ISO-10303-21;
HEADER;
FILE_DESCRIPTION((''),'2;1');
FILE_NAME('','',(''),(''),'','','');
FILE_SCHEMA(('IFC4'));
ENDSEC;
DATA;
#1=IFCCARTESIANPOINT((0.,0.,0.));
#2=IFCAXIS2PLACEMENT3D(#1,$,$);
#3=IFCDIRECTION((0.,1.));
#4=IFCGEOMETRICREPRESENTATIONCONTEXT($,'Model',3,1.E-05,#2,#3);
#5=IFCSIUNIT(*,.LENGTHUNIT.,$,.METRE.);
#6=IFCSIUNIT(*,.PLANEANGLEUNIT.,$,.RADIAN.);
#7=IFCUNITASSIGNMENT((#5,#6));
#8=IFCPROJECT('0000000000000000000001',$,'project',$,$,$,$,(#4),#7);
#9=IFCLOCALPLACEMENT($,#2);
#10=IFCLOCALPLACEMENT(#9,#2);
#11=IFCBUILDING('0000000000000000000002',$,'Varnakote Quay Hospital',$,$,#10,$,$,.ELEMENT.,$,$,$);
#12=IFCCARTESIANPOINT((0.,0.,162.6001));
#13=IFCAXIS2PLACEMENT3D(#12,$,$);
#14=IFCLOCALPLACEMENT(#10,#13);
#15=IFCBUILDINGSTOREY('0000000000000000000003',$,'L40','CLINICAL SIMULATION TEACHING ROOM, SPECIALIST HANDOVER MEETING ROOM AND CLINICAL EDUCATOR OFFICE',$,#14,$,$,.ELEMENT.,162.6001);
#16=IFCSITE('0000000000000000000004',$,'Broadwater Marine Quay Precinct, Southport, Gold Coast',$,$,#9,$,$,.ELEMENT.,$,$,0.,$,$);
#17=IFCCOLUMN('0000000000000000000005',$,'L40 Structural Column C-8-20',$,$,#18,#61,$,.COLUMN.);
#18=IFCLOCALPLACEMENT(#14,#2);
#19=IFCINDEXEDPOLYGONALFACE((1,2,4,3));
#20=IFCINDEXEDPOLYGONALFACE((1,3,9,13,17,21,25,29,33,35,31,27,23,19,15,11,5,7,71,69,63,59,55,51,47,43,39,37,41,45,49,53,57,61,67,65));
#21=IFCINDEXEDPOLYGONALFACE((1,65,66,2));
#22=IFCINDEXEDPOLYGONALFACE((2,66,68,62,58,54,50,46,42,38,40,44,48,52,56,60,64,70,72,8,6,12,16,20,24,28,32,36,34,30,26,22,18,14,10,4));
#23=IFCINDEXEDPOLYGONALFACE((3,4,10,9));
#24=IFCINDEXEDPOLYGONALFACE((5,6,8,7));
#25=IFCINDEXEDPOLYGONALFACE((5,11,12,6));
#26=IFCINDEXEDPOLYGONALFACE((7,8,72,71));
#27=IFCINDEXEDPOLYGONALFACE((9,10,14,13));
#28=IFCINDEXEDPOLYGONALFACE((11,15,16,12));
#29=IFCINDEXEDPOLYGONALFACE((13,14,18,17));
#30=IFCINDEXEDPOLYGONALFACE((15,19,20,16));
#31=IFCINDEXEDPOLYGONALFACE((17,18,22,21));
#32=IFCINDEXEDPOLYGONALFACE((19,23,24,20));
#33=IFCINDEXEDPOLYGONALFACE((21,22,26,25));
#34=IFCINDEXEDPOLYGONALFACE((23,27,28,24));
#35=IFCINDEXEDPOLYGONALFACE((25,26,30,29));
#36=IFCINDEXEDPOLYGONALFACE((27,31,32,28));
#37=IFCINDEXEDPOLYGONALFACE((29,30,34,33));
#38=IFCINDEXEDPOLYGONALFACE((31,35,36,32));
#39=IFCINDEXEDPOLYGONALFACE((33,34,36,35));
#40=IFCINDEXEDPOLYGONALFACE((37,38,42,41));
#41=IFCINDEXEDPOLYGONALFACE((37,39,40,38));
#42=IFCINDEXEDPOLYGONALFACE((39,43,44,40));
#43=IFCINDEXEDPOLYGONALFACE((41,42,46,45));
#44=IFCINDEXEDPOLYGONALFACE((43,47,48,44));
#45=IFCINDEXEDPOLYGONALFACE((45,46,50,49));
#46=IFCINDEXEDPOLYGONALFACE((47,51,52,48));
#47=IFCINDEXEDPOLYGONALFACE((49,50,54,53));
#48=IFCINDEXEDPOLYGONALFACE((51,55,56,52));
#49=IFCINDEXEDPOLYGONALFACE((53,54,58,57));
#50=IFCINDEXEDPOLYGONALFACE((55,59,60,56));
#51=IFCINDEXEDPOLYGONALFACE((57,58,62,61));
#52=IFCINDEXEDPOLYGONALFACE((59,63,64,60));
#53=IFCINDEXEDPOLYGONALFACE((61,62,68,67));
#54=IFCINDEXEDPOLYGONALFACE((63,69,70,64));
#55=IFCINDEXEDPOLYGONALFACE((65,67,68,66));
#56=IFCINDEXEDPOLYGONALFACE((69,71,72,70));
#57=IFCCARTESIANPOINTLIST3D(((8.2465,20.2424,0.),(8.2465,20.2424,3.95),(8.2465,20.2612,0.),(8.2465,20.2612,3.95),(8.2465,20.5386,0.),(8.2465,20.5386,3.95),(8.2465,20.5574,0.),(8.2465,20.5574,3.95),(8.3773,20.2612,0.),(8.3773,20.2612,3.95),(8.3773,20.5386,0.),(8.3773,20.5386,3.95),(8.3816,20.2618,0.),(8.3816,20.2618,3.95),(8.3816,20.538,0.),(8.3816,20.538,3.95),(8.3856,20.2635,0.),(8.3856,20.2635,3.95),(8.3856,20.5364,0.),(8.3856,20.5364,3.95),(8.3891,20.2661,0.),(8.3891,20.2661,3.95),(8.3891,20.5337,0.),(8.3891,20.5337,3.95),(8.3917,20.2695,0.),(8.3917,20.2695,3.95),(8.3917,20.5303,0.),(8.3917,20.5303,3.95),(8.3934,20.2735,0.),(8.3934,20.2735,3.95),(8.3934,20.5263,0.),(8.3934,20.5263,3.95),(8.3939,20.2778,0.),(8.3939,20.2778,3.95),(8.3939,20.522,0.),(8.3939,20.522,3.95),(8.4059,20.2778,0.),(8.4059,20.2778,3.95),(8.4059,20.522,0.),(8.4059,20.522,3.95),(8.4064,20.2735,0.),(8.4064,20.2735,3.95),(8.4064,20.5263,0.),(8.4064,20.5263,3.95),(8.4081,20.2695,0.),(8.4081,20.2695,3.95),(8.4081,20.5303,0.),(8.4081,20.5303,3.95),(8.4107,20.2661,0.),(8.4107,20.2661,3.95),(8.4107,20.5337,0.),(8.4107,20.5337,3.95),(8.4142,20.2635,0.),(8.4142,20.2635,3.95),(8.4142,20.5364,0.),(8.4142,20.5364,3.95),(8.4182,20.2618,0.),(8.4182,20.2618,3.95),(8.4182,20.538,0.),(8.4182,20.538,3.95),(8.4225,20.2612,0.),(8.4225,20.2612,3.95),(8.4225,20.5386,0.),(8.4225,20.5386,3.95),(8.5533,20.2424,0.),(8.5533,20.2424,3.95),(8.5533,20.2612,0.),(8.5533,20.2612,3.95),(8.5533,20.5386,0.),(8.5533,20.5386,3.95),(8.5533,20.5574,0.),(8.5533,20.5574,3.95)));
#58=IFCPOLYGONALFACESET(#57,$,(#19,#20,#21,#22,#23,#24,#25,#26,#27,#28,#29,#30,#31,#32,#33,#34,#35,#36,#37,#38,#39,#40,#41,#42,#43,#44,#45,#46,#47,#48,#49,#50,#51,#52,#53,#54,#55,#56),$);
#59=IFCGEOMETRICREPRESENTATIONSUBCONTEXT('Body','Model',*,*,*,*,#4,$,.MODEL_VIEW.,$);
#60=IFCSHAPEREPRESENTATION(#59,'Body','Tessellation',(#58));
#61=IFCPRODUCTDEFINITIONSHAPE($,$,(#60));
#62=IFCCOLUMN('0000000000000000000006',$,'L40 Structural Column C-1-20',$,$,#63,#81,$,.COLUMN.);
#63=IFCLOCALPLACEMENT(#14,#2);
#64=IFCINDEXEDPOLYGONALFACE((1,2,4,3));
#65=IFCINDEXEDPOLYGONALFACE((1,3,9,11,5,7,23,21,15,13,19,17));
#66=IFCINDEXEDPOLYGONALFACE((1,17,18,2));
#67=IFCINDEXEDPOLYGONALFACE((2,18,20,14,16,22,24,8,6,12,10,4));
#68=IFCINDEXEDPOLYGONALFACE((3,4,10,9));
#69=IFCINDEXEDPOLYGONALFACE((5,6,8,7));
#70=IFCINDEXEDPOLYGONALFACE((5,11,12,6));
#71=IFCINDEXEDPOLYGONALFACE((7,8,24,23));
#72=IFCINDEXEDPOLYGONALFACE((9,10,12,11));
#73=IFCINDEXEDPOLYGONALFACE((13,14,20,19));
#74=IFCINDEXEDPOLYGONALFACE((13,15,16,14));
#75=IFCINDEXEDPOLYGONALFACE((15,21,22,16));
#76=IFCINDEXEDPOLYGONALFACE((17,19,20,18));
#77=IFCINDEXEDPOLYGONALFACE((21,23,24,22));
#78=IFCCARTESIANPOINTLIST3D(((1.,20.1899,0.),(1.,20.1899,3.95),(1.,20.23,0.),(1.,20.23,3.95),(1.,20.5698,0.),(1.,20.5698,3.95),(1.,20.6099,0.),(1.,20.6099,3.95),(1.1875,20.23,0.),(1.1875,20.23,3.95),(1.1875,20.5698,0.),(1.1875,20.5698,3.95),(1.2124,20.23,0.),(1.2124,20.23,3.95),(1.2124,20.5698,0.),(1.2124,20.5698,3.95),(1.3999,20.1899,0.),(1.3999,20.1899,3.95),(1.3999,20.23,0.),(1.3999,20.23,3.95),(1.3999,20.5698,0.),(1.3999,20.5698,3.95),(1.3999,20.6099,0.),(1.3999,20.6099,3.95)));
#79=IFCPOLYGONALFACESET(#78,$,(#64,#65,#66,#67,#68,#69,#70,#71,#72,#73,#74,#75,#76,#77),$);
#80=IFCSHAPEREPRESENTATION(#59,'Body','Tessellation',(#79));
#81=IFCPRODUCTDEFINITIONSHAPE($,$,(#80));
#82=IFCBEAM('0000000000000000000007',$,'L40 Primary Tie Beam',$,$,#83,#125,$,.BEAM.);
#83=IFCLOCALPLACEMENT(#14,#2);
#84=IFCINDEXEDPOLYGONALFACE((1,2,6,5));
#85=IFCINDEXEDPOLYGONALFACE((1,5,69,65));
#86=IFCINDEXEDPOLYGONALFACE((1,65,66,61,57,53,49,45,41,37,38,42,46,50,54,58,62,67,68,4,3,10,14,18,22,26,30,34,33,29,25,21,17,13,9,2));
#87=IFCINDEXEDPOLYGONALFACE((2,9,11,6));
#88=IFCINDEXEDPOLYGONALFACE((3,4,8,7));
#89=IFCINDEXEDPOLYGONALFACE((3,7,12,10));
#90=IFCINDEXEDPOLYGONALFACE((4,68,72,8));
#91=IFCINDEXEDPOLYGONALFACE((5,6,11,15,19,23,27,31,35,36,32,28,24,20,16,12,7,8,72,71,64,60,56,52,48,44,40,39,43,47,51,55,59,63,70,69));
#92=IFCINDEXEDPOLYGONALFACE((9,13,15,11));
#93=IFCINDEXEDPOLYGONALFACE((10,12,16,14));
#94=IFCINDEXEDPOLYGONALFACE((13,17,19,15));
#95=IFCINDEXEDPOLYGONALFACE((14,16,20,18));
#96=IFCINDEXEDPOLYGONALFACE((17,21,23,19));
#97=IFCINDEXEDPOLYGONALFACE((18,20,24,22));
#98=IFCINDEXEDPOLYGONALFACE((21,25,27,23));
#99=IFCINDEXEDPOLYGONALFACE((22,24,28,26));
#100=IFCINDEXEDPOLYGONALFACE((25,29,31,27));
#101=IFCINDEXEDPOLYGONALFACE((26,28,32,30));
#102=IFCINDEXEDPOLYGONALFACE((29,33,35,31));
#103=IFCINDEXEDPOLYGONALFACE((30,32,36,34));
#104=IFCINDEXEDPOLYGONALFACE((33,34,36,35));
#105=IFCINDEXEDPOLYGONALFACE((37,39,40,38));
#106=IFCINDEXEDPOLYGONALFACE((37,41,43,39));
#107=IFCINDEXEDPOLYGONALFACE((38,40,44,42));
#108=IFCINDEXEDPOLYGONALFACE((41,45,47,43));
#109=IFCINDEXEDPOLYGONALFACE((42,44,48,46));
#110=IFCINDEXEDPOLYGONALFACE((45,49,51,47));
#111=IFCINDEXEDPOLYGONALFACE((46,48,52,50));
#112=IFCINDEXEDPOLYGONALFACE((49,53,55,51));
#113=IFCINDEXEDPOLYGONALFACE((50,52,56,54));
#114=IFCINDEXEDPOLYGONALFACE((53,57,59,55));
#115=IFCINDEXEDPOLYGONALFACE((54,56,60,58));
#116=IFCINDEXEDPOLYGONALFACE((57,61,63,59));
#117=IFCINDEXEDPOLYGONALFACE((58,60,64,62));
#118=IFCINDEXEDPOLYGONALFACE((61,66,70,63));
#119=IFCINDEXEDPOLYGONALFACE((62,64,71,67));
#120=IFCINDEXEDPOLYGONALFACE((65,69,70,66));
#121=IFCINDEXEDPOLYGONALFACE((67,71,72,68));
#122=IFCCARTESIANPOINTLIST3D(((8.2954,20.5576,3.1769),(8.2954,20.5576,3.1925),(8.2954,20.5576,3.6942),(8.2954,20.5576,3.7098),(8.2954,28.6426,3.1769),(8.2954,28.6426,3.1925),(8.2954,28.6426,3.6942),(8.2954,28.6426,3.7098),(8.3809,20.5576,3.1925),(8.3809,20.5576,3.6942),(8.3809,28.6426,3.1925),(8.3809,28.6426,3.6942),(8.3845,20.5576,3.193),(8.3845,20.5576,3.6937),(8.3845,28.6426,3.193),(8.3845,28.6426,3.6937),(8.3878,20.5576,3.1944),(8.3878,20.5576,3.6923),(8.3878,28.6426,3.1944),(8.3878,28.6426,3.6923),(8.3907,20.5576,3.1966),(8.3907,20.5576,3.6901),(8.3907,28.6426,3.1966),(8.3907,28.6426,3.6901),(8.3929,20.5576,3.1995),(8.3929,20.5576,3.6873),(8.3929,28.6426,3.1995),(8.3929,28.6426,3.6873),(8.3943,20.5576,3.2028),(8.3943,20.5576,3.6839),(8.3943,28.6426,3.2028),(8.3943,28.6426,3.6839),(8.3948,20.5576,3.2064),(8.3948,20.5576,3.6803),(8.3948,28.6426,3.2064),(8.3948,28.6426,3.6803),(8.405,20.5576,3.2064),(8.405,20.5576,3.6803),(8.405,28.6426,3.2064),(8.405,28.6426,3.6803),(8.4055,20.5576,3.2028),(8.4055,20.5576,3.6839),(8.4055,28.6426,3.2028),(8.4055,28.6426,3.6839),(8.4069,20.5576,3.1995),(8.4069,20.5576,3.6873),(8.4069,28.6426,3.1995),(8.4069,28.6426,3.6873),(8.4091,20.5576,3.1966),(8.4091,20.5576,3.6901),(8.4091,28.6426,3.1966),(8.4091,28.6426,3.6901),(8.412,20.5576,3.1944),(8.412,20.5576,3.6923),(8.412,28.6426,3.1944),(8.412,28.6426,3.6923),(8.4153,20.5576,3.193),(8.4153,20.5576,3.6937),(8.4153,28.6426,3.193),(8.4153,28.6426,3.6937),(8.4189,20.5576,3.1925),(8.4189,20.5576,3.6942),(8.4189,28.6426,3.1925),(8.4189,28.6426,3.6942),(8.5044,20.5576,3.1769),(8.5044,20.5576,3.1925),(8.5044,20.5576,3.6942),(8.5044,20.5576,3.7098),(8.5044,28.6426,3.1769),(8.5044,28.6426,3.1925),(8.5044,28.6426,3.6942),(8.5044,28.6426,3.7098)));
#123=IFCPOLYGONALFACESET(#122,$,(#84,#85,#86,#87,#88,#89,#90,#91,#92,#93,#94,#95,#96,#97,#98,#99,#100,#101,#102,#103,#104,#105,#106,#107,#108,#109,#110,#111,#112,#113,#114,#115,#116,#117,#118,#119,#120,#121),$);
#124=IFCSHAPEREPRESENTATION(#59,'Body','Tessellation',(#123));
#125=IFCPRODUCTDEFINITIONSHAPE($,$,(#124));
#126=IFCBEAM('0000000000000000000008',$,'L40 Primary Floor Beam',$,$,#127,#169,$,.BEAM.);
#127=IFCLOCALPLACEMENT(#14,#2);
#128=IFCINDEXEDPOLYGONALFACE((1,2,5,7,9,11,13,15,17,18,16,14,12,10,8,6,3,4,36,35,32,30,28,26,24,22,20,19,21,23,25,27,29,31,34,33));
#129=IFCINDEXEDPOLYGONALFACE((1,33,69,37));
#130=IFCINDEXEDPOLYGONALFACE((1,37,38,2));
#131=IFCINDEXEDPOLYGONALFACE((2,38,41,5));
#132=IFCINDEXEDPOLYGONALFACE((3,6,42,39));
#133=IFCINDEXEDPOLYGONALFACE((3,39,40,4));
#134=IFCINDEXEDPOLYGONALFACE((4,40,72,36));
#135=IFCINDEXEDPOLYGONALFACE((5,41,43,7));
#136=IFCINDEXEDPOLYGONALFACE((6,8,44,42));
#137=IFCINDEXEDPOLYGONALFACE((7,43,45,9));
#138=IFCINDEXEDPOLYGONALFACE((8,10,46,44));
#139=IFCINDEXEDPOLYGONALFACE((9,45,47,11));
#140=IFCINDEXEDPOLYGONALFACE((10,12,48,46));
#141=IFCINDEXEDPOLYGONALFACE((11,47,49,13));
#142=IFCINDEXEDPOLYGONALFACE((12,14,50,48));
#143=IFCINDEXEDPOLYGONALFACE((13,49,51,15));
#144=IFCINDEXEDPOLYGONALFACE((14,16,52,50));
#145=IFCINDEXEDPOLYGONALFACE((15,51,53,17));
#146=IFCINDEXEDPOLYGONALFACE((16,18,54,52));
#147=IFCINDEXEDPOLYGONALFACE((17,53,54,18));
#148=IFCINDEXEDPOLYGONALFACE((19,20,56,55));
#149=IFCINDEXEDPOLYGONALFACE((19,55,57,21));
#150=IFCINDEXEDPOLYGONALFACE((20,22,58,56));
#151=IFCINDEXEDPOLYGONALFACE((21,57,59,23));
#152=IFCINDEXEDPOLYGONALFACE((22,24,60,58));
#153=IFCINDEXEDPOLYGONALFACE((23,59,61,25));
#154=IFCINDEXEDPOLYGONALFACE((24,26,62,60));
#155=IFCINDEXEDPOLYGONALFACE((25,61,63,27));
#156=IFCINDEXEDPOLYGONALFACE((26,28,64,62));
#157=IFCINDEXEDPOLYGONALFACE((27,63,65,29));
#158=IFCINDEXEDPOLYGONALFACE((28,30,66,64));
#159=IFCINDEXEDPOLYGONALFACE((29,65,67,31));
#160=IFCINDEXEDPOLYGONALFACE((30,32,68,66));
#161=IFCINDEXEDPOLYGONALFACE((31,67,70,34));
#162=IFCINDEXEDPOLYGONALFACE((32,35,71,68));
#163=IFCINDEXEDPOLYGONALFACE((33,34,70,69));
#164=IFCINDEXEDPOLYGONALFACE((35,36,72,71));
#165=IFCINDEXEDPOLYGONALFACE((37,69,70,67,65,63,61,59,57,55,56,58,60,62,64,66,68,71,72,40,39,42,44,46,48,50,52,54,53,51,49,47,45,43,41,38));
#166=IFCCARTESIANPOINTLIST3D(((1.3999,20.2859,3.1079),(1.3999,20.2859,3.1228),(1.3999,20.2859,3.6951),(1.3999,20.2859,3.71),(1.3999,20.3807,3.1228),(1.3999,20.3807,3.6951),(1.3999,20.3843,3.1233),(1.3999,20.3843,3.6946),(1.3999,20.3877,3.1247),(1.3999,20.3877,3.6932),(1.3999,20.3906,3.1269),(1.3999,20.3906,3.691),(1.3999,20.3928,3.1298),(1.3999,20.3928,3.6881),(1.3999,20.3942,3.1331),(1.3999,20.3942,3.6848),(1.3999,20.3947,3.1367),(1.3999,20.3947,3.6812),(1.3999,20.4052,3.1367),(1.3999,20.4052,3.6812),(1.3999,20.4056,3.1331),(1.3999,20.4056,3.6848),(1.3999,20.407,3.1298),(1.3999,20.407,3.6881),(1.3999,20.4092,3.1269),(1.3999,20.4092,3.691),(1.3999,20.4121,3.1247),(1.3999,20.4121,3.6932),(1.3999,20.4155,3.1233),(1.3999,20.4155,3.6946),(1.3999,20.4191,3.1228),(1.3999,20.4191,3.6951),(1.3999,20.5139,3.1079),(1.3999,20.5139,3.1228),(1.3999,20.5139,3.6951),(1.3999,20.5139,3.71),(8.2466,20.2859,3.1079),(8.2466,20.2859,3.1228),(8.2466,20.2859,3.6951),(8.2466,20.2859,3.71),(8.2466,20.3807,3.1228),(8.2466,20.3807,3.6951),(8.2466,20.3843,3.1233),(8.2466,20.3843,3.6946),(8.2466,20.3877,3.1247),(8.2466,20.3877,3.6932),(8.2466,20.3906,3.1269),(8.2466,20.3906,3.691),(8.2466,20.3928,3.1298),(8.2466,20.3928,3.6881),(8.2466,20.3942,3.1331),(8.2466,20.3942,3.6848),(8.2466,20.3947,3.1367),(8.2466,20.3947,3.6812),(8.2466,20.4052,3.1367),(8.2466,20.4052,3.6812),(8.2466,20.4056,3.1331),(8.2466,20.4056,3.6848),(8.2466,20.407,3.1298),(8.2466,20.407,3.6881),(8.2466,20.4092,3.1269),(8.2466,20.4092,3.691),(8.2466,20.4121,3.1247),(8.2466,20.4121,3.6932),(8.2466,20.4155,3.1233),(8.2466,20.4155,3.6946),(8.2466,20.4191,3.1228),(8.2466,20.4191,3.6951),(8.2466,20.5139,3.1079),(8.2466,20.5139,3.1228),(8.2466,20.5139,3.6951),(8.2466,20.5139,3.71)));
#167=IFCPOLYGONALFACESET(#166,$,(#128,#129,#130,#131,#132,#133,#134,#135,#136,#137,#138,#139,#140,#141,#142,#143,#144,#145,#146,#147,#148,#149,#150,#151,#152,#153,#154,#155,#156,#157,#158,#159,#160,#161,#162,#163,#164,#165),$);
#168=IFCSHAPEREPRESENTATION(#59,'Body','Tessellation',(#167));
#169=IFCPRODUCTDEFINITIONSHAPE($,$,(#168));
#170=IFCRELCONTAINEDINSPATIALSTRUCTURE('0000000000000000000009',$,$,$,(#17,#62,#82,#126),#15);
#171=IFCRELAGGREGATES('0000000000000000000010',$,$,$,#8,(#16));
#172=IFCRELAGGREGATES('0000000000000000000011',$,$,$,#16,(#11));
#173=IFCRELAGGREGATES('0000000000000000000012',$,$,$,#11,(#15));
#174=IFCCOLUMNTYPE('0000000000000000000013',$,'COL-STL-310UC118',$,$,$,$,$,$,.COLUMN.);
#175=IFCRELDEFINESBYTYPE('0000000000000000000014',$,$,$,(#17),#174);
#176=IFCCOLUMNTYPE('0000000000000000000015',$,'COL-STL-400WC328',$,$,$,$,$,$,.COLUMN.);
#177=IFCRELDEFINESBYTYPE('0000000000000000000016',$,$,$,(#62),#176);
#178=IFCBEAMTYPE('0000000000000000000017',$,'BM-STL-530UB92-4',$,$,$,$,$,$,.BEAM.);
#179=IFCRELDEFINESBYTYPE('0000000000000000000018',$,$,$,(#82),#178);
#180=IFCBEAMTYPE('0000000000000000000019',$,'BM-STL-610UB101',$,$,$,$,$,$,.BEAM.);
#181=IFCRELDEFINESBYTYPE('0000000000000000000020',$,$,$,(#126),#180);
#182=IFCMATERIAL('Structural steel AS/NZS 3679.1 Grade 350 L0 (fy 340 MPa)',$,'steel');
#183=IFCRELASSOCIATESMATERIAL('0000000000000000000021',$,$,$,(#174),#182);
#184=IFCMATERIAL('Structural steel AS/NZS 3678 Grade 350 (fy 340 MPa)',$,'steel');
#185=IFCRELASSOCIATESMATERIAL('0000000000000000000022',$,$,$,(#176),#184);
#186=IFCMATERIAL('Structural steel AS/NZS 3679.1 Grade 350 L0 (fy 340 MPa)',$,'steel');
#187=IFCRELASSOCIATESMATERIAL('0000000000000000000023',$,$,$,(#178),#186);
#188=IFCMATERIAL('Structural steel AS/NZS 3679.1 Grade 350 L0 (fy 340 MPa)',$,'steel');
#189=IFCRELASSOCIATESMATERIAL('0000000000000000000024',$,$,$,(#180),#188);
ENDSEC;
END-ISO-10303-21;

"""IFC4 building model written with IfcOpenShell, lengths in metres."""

from ifc_helpers import new_model, si_unit, direction, frame, origin, origin_2d, place, context, subcontext, project, spatial, i_section, extrude, material, material_profile, profile_set, type_object, element, save


model = new_model("IFC4")

# Units and contexts
model_context = context("Model", 3, precision=1e-05, world=origin(), true_north=direction((0.0, 1.0)))
body_context = subcontext(model_context, "Body", "Model", "MODEL_VIEW")
ifc_project = project(units=[si_unit("LENGTHUNIT", "METRE"), si_unit("PLANEANGLEUNIT", "RADIAN")], contexts=[model_context])

# Site, building, storey
site_placement = place(None, origin())
site = spatial("IfcSite", under=ifc_project, at=site_placement, Name="Broadwater Marine Quay Precinct, Southport, Gold Coast", CompositionType="ELEMENT", RefElevation=0.0)
building_placement = place(site_placement, origin())
building = spatial("IfcBuilding", under=site, at=building_placement, Name="Varnakote Quay Hospital", CompositionType="ELEMENT")
storey_placement = place(building_placement, frame((0.0, 0.0, 162.6001)))
storey = spatial("IfcBuildingStorey", under=building, at=storey_placement, Name="L40", Description="CLINICAL SIMULATION TEACHING ROOM, SPECIALIST HANDOVER MEETING ROOM AND CLINICAL EDUCATOR OFFICE", CompositionType="ELEMENT", Elevation=162.6001)

# Columns
ifc_material_1 = material(Name="Structural steel AS/NZS 3679.1 Grade 350 L0 (fy 340 MPa)", Category="steel")
ifc_material_profile_1 = material_profile(ifc_material_1, i_section(OverallWidth=0.3069, OverallDepth=0.3149, WebThickness=0.012, FlangeThickness=0.0188, FilletRadius=0.0166, at=origin_2d()), Name="310UC118")
ifc_profile_set_1 = profile_set([ifc_material_profile_1], Name="Structural steel AS/NZS 3679.1 Grade 350 L0 (fy 340 MPa)")
column_type_1 = type_object("IfcColumnType", Name="COL-STL-310UC118", PredefinedType="COLUMN", material=ifc_profile_set_1)
column_1_placement = place(storey_placement, frame((8.3999, 20.3999, 0.0), z_axis=(0.0, 0.0, 1.0), x_axis=(1.0, 0.0, 0.0)))
element("IfcColumn", 1, at=column_1_placement, inside=storey, type_object=column_type_1, Name="L40 Structural Column C-8-20", PredefinedType="COLUMN", context=body_context, shape_type="SweptSolid", body=[
    extrude(i_section(OverallWidth=0.3069, OverallDepth=0.3149, WebThickness=0.012, FlangeThickness=0.0188, FilletRadius=0.0166, at=origin_2d()), origin(), (0.0, 0.0, 1.0), 3.95),
])
ifc_material_2 = material(Name="Structural steel AS/NZS 3678 Grade 350 (fy 340 MPa)", Category="steel")
ifc_material_profile_2 = material_profile(ifc_material_2, i_section(OverallWidth=0.3999, OverallDepth=0.4199, WebThickness=0.0249, FlangeThickness=0.04, at=origin_2d()), Name="400WC328")
ifc_profile_set_2 = profile_set([ifc_material_profile_2], Name="Structural steel AS/NZS 3678 Grade 350 (fy 340 MPa)")
column_type_2 = type_object("IfcColumnType", Name="COL-STL-400WC328", PredefinedType="COLUMN", material=ifc_profile_set_2)
column_2_placement = place(storey_placement, frame((1.2, 20.3999, 0.0), z_axis=(0.0, 0.0, 1.0), x_axis=(1.0, 0.0, 0.0)))
element("IfcColumn", 2, at=column_2_placement, inside=storey, type_object=column_type_2, Name="L40 Structural Column C-1-20", PredefinedType="COLUMN", context=body_context, shape_type="SweptSolid", body=[
    extrude(i_section(OverallWidth=0.3999, OverallDepth=0.4199, WebThickness=0.0249, FlangeThickness=0.04, at=origin_2d()), origin(), (0.0, 0.0, 1.0), 3.95),
])

# Beams
ifc_material_3 = material(Name="Structural steel AS/NZS 3679.1 Grade 350 L0 (fy 340 MPa)", Category="steel")
ifc_material_profile_3 = material_profile(ifc_material_3, i_section(OverallWidth=0.209, OverallDepth=0.533, WebThickness=0.0103, FlangeThickness=0.0156, FilletRadius=0.0139, at=origin_2d()), Name="530UB92.4")
ifc_profile_set_3 = profile_set([ifc_material_profile_3], Name="Structural steel AS/NZS 3679.1 Grade 350 L0 (fy 340 MPa)")
beam_type_1 = type_object("IfcBeamType", Name="BM-STL-530UB92-4", PredefinedType="BEAM", material=ifc_profile_set_3)
beam_1_placement = place(storey_placement, frame((8.3999, 20.5576, 3.4434), z_axis=(0.0, 1.0, 0.0), x_axis=(-1.0, 0.0, 0.0)))
element("IfcBeam", 3, at=beam_1_placement, inside=storey, type_object=beam_type_1, Name="L40 Primary Tie Beam", PredefinedType="BEAM", context=body_context, shape_type="SweptSolid", body=[
    extrude(i_section(OverallWidth=0.209, OverallDepth=0.533, WebThickness=0.0103, FlangeThickness=0.0156, FilletRadius=0.0139, at=origin_2d()), origin(), (0.0, 0.0, 1.0), 8.085),
])
ifc_material_4 = material(Name="Structural steel AS/NZS 3679.1 Grade 350 L0 (fy 340 MPa)", Category="steel")
ifc_material_profile_4 = material_profile(ifc_material_4, i_section(OverallWidth=0.228, OverallDepth=0.6021, WebThickness=0.0105, FlangeThickness=0.0149, FilletRadius=0.0139, at=origin_2d()), Name="610UB101")
ifc_profile_set_4 = profile_set([ifc_material_profile_4], Name="Structural steel AS/NZS 3679.1 Grade 350 L0 (fy 340 MPa)")
beam_type_2 = type_object("IfcBeamType", Name="BM-STL-610UB101", PredefinedType="BEAM", material=ifc_profile_set_4)
beam_2_placement = place(storey_placement, frame((1.3999, 20.3999, 3.4089), z_axis=(1.0, 0.0, 0.0), x_axis=(0.0, 1.0, 0.0)))
element("IfcBeam", 4, at=beam_2_placement, inside=storey, type_object=beam_type_2, Name="L40 Primary Floor Beam", PredefinedType="BEAM", context=body_context, shape_type="SweptSolid", body=[
    extrude(i_section(OverallWidth=0.228, OverallDepth=0.6021, WebThickness=0.0105, FlangeThickness=0.0149, FilletRadius=0.0139, at=origin_2d()), origin(), (0.0, 0.0, 1.0), 6.8467),
])

save(model, "model.ifc")
